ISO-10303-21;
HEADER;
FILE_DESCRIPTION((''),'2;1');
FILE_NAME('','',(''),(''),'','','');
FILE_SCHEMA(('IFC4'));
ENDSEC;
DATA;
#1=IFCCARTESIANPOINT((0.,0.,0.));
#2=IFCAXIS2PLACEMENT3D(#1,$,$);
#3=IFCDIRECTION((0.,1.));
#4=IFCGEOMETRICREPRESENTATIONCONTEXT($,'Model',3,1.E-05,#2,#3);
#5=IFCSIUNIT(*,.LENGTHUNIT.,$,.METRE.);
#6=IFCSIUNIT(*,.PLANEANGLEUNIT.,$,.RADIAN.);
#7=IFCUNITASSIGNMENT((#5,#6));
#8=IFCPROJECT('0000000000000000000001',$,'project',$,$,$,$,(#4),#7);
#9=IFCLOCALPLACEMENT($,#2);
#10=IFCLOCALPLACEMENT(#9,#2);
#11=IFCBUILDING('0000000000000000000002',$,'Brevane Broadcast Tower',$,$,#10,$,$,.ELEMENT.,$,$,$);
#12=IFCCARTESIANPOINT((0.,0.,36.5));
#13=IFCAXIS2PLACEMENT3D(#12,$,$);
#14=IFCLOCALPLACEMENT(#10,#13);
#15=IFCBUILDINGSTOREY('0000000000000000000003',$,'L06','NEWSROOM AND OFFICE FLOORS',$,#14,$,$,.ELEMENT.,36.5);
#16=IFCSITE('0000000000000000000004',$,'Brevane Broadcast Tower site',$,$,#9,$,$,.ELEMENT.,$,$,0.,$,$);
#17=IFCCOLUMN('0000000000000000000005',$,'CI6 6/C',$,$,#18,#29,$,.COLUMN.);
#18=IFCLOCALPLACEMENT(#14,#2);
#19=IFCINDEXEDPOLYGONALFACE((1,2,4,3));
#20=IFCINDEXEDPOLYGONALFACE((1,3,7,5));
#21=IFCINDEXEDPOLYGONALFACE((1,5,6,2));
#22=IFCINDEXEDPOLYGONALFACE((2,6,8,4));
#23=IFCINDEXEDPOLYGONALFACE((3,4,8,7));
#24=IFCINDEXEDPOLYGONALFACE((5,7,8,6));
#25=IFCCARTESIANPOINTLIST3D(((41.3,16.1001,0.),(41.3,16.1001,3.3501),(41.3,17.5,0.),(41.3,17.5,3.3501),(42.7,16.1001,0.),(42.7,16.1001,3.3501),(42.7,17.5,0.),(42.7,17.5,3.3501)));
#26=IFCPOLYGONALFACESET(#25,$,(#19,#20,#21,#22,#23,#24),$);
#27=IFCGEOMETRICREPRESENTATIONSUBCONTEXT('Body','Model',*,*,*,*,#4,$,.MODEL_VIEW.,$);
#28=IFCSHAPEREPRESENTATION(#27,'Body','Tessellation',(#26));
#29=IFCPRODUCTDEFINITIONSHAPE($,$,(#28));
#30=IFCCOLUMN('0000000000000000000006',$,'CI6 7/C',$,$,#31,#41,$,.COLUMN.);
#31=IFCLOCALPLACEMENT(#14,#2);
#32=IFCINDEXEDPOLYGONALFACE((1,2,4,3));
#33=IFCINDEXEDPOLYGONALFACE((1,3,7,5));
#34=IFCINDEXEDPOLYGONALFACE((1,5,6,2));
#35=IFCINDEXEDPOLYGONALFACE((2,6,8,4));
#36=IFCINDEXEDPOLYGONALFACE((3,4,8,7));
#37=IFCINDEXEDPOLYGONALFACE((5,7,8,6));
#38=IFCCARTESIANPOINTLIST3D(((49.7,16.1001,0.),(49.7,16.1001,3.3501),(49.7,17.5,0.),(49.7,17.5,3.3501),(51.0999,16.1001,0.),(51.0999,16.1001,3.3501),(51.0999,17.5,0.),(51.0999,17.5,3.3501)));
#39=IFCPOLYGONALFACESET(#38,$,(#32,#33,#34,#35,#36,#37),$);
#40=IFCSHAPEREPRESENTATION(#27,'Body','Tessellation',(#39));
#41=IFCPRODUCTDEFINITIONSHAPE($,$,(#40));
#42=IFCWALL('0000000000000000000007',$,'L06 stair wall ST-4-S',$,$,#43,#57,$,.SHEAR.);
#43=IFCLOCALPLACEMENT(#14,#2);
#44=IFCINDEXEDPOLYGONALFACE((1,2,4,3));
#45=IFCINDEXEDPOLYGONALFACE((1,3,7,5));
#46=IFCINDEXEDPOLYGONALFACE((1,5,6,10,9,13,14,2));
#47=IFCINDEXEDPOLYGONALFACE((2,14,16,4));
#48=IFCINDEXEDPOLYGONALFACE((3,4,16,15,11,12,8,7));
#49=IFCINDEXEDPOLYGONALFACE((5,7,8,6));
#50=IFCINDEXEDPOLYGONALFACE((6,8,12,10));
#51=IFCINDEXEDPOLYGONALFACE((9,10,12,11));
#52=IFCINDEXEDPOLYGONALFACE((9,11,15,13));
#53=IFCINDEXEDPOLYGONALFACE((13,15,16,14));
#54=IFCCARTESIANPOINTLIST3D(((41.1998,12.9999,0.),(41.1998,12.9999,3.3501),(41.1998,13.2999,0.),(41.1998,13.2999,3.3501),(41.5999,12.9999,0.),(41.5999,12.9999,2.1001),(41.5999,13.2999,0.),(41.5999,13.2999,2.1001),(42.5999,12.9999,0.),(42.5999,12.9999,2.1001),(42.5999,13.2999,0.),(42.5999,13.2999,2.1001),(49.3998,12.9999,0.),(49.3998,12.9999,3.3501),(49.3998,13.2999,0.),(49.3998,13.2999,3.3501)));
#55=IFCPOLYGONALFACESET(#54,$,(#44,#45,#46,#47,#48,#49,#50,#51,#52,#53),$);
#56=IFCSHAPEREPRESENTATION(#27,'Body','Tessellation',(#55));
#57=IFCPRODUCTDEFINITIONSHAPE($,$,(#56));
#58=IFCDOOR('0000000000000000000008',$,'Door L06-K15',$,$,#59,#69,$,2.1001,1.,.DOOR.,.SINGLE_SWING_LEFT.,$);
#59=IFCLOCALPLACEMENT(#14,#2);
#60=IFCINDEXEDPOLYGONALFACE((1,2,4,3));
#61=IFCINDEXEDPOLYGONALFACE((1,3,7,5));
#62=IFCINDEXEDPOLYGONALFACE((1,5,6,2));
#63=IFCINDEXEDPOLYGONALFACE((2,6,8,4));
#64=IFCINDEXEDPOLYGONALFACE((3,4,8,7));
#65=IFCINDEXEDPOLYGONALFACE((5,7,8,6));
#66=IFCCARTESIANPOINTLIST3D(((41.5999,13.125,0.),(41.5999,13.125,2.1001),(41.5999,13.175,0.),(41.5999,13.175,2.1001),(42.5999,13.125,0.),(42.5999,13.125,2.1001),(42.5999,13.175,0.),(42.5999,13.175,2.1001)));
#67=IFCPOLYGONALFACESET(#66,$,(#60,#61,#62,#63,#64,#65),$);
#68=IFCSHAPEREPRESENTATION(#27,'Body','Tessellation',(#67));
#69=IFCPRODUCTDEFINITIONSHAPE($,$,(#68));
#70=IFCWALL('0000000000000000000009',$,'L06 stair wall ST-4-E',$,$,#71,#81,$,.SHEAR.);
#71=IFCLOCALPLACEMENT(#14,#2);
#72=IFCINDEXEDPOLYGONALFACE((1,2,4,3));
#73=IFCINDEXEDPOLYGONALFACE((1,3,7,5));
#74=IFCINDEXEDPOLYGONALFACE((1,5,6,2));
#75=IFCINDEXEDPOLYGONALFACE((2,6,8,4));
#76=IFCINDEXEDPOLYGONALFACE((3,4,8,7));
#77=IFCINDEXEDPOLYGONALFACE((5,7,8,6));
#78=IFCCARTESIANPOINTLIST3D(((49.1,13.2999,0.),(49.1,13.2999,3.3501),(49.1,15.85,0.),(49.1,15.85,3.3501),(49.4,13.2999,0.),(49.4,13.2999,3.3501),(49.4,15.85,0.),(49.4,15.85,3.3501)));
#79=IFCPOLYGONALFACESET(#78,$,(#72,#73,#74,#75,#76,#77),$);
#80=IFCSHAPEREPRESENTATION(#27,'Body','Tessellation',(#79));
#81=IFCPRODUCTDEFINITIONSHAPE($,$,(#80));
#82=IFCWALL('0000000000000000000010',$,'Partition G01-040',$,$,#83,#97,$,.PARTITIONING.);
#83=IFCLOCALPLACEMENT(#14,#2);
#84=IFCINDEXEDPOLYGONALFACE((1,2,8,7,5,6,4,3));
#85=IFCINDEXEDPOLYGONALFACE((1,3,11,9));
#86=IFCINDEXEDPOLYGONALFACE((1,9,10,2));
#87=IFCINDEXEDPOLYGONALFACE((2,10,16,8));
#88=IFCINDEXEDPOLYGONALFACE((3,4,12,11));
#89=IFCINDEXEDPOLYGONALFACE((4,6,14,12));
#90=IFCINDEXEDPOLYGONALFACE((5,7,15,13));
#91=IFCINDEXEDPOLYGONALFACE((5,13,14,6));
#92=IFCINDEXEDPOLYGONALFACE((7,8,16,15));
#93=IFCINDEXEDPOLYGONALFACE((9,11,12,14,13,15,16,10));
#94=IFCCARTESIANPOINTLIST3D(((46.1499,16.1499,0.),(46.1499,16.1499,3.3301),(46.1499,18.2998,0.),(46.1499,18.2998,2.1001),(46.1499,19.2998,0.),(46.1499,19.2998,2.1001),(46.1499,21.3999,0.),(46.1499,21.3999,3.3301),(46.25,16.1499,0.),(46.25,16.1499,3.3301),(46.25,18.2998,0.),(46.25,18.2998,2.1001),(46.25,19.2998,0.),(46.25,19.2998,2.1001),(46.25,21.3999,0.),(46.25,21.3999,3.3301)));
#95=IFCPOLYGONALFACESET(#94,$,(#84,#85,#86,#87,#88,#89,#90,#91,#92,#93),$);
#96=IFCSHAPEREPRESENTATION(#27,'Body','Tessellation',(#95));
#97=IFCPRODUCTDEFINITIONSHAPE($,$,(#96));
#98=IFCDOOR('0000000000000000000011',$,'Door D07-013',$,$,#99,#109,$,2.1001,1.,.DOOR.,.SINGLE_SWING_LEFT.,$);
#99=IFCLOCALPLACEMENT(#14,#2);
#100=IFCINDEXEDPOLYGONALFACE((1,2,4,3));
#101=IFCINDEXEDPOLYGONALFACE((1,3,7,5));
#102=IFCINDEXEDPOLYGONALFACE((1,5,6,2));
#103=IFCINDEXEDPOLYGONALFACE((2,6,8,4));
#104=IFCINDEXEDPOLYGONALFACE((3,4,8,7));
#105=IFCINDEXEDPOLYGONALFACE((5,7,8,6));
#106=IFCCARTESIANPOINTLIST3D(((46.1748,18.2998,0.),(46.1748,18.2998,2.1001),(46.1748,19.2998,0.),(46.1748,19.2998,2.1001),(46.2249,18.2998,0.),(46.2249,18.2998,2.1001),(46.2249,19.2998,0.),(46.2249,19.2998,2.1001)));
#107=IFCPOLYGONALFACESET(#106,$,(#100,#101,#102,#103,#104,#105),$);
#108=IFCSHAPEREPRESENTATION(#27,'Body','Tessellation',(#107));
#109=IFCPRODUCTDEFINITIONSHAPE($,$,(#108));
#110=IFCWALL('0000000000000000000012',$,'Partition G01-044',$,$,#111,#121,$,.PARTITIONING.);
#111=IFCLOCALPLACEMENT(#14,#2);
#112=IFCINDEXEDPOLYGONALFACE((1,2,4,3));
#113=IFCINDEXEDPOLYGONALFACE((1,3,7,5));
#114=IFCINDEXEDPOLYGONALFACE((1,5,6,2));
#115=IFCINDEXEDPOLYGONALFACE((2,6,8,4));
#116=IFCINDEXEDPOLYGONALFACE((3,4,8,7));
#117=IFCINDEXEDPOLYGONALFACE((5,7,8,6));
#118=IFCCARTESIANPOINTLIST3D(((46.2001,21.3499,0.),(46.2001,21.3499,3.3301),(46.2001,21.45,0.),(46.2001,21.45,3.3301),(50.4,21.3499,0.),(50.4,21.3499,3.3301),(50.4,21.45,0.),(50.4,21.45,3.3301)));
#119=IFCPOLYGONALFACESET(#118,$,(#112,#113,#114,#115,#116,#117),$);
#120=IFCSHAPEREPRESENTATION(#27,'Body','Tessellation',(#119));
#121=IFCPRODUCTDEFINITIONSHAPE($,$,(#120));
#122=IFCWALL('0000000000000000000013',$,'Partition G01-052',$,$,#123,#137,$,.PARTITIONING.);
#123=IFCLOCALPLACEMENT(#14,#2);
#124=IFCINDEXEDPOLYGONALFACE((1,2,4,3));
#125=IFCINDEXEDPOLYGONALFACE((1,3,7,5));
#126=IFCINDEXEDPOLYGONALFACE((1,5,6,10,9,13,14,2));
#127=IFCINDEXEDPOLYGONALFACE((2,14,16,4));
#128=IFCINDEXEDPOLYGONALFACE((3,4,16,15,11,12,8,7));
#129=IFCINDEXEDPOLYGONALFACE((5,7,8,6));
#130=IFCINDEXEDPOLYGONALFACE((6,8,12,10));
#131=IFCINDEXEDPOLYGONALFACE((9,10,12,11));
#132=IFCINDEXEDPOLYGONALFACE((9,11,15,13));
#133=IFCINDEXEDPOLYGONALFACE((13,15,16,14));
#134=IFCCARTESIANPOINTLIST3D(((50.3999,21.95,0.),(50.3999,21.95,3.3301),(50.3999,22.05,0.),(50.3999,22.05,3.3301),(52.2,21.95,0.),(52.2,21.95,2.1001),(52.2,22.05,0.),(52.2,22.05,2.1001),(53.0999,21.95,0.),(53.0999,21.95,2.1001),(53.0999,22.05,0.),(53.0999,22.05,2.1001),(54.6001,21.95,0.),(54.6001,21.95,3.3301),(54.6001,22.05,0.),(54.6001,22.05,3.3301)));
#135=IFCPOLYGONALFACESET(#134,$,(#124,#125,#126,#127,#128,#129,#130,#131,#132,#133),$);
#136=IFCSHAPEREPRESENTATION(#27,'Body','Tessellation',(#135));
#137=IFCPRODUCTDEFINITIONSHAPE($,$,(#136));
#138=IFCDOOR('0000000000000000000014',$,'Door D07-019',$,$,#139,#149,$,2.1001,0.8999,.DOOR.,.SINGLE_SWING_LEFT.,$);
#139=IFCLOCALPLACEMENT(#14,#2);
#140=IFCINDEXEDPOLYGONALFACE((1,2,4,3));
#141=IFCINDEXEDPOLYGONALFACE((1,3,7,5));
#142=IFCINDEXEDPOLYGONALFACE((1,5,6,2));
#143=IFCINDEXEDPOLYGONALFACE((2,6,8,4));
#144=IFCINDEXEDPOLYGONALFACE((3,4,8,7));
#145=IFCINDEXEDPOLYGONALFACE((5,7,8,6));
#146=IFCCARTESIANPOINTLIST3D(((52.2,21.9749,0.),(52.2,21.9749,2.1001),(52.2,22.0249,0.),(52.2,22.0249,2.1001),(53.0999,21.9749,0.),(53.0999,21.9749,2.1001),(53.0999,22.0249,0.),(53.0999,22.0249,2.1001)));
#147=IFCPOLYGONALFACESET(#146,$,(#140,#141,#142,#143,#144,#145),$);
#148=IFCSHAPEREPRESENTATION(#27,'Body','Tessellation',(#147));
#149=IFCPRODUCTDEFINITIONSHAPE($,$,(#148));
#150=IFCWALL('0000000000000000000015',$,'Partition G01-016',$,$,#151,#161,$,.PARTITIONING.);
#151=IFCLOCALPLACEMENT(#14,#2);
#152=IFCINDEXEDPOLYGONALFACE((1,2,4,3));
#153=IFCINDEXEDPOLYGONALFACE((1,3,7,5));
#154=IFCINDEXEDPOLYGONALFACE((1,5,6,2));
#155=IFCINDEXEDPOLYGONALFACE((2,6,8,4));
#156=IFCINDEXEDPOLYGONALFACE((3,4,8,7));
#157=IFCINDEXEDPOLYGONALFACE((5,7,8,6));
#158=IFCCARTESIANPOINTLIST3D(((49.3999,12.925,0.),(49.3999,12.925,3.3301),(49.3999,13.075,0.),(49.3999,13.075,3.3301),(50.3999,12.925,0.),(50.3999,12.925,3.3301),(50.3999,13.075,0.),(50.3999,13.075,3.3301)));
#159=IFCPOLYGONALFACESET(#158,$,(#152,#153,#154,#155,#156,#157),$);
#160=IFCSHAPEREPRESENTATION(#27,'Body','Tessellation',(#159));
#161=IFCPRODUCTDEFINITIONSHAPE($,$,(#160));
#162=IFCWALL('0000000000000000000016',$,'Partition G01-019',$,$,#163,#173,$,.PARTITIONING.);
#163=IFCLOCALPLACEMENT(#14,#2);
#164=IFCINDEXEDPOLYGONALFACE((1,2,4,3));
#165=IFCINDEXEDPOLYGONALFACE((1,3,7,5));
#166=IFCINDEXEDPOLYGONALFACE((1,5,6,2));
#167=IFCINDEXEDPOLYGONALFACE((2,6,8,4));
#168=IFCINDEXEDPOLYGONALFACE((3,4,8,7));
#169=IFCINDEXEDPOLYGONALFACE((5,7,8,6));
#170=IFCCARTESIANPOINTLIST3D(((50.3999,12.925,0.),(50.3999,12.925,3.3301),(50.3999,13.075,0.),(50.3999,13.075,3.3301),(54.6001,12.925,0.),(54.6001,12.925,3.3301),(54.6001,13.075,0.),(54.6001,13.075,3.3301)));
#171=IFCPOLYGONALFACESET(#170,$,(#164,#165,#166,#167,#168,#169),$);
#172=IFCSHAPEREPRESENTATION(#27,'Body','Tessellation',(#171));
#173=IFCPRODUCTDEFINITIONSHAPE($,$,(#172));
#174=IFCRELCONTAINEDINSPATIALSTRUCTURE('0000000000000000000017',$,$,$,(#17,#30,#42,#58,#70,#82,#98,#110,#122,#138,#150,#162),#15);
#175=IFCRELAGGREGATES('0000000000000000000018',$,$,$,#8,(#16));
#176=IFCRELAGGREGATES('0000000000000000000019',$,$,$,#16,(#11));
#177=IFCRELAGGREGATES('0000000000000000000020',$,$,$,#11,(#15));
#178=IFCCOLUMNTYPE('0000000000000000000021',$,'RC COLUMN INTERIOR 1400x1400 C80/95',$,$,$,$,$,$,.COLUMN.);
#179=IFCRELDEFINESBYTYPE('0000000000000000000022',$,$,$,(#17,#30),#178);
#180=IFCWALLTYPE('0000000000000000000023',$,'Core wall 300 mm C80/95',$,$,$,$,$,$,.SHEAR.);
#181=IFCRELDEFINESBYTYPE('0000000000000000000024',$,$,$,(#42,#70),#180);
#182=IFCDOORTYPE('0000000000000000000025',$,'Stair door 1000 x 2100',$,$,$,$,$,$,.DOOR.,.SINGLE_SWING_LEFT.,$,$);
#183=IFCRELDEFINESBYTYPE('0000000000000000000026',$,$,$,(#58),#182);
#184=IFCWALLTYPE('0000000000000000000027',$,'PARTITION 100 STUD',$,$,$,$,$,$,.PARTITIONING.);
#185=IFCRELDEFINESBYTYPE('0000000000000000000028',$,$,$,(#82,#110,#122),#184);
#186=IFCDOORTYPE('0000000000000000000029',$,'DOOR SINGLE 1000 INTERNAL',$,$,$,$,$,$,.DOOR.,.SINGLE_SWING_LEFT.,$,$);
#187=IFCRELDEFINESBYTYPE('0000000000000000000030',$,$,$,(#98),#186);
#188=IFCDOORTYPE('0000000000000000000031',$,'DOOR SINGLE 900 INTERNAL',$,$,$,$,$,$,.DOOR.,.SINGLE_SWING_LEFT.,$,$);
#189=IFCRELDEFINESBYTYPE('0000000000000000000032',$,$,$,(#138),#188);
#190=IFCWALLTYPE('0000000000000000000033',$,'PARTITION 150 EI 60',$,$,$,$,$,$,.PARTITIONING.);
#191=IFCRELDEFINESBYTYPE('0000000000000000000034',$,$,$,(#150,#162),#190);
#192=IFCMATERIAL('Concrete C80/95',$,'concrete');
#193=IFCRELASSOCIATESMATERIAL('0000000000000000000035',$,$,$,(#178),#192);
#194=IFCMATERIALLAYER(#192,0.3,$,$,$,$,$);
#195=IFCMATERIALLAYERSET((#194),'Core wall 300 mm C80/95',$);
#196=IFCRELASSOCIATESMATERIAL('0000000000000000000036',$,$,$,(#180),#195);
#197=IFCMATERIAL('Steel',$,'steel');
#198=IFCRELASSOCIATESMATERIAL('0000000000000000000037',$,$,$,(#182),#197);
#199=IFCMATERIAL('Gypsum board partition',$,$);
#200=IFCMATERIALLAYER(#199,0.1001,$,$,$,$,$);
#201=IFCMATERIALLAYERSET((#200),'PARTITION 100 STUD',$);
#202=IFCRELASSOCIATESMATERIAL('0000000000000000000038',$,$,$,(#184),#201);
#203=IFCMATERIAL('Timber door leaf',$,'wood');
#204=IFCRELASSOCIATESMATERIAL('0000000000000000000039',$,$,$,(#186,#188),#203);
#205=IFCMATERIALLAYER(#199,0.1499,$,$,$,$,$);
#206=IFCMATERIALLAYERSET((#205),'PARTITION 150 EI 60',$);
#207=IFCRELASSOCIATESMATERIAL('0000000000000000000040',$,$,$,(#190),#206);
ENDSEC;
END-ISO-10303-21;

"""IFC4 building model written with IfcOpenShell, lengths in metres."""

from ifc_helpers import new_model, si_unit, direction, frame, frame_2d, origin, origin_2d, place, context, subcontext, project, spatial, rectangle, extrude, material, layer, layer_set, material_profile, profile_set, type_object, element, fill, save


model = new_model("IFC4")

# Units and contexts
model_context = context("Model", 3, precision=1e-05, world=origin(), true_north=direction((0.0, 1.0)))
body_context = subcontext(model_context, "Body", "Model", "MODEL_VIEW")
ifc_project = project(units=[si_unit("LENGTHUNIT", "METRE"), si_unit("PLANEANGLEUNIT", "RADIAN")], contexts=[model_context])

# Site, building, storey
site_placement = place(None, origin())
site = spatial("IfcSite", under=ifc_project, at=site_placement, Name="Brevane Broadcast Tower site", CompositionType="ELEMENT", RefElevation=0.0)
building_placement = place(site_placement, origin())
building = spatial("IfcBuilding", under=site, at=building_placement, Name="Brevane Broadcast Tower", CompositionType="ELEMENT")
storey_placement = place(building_placement, frame((0.0, 0.0, 36.5)))
storey = spatial("IfcBuildingStorey", under=building, at=storey_placement, Name="L06", Description="NEWSROOM AND OFFICE FLOORS", CompositionType="ELEMENT", Elevation=36.5)

# Columns
ifc_material_1 = material(Name="Concrete C80/95", Category="concrete")
ifc_material_profile = material_profile(ifc_material_1, rectangle(XDim=1.3999, YDim=1.3999, at=origin_2d()), Name="RC 1400x1400")
ifc_profile_set = profile_set([ifc_material_profile], Name="Concrete C80/95")
column_type = type_object("IfcColumnType", Name="RC COLUMN INTERIOR 1400x1400 C80/95", PredefinedType="COLUMN", material=ifc_profile_set)
for number, where, z_axis, x_axis, name in (
    (1, (42.0, 16.8, 0.0), (0.0, 0.0, 1.0), (1.0, 0.0, 0.0), "CI6 6/C"),
    (2, (50.3999, 16.8, 0.0), (0.0, 0.0, 1.0), (1.0, 0.0, 0.0), "CI6 7/C"),
):
    element("IfcColumn", number, at=place(storey_placement, frame(where, z_axis=z_axis, x_axis=x_axis)), inside=storey, type_object=column_type, Name=name, PredefinedType="COLUMN", context=body_context, shape_type="SweptSolid", body=[
        extrude(rectangle(XDim=1.3999, YDim=1.3999, at=origin_2d()), origin(), (0.0, 0.0, 1.0), 3.3501),
    ])

# Wall, opening, door
ifc_layer_1 = layer(ifc_material_1, 0.3)
ifc_layer_set_1 = layer_set([ifc_layer_1], Name="Core wall 300 mm C80/95")
wall_type_1 = type_object("IfcWallType", Name="Core wall 300 mm C80/95", PredefinedType="SHEAR", material=ifc_layer_set_1)
wall_1_placement = place(storey_placement, frame((49.3999, 13.1499, 0.0), z_axis=(0.0, 0.0, 1.0), x_axis=(-1.0, 0.0, 0.0)))
wall_1 = element("IfcWall", 3, at=wall_1_placement, inside=storey, type_object=wall_type_1, Name="L06 stair wall ST-4-S", PredefinedType="SHEAR", context=body_context, shape_type="SweptSolid", body=[
    extrude(rectangle(XDim=8.2, YDim=0.3, at=frame_2d((4.1001, 0.0))), origin(), (0.0, 0.0, 1.0), 3.3501),
])
opening_1_placement = place(wall_1_placement, frame((6.8, 0.0, 0.0)))
opening_1 = element("IfcOpeningElement", 4, at=opening_1_placement, cuts=wall_1, PredefinedType="OPENING", context=body_context, shape_type="SweptSolid", body=[
    extrude(rectangle(XDim=1.0, YDim=2.1001, at=frame_2d((0.5, 1.05))), frame((0.0, 0.1599, 0.0), z_axis=(0.0, -1.0, 0.0), x_axis=(1.0, 0.0, 0.0)), (0.0, 0.0, 1.0), 0.3201),
])
ifc_material_2 = material(Name="Steel", Category="steel")
door_type_1 = type_object("IfcDoorType", Name="Stair door 1000 x 2100", OperationType="SINGLE_SWING_LEFT", PredefinedType="DOOR", material=ifc_material_2)
door_1_placement = place(opening_1_placement, origin())
door_1 = element("IfcDoor", 5, at=door_1_placement, inside=storey, type_object=door_type_1, Name="Door L06-K15", OperationType="SINGLE_SWING_LEFT", OverallHeight=2.1001, OverallWidth=1.0, PredefinedType="DOOR", context=body_context, shape_type="SweptSolid", body=[
    extrude(rectangle(XDim=1.0, YDim=2.1001, at=frame_2d((0.5, 1.05))), frame((0.0, 0.0249, 0.0), z_axis=(0.0, -1.0, 0.0), x_axis=(1.0, 0.0, 0.0)), (0.0, 0.0, 1.0), 0.05),
])
fill(opening_1, door_1)

# Wall
wall_2_placement = place(storey_placement, frame((49.25, 13.3, 0.0), z_axis=(0.0, 0.0, 1.0), x_axis=(0.0, 1.0, 0.0)))
element("IfcWall", 6, at=wall_2_placement, inside=storey, type_object=wall_type_1, Name="L06 stair wall ST-4-E", PredefinedType="SHEAR", context=body_context, shape_type="SweptSolid", body=[
    extrude(rectangle(XDim=2.55, YDim=0.3, at=frame_2d((1.2749, 0.0))), origin(), (0.0, 0.0, 1.0), 3.3501),
])

# Wall, opening, door
ifc_material_3 = material(Name="Gypsum board partition")
ifc_layer_2 = layer(ifc_material_3, 0.1001)
ifc_layer_set_2 = layer_set([ifc_layer_2], Name="PARTITION 100 STUD")
wall_type_2 = type_object("IfcWallType", Name="PARTITION 100 STUD", PredefinedType="PARTITIONING", material=ifc_layer_set_2)
wall_3_placement = place(storey_placement, frame((46.2, 21.3999, 0.0), z_axis=(0.0, 0.0, 1.0), x_axis=(0.0, -1.0, 0.0)))
wall_3 = element("IfcWall", 7, at=wall_3_placement, inside=storey, type_object=wall_type_2, Name="Partition G01-040", PredefinedType="PARTITIONING", context=body_context, shape_type="SweptSolid", body=[
    extrude(rectangle(XDim=5.25, YDim=0.1001, at=frame_2d((2.625, 0.0))), origin(), (0.0, 0.0, 1.0), 3.3301),
])
opening_2_placement = place(wall_3_placement, frame((2.1001, 0.0, 0.0)))
opening_2 = element("IfcOpeningElement", 8, at=opening_2_placement, cuts=wall_3, PredefinedType="OPENING", context=body_context, shape_type="SweptSolid", body=[
    extrude(rectangle(XDim=1.0, YDim=2.1001, at=frame_2d((0.5, 1.05))), frame((0.0, 0.0601, 0.0), z_axis=(0.0, -1.0, 0.0), x_axis=(1.0, 0.0, 0.0)), (0.0, 0.0, 1.0), 0.1201),
])
ifc_material_4 = material(Name="Timber door leaf", Category="wood")
door_type_2 = type_object("IfcDoorType", Name="DOOR SINGLE 1000 INTERNAL", OperationType="SINGLE_SWING_LEFT", PredefinedType="DOOR", material=ifc_material_4)
door_2_placement = place(opening_2_placement, origin())
door_2 = element("IfcDoor", 9, at=door_2_placement, inside=storey, type_object=door_type_2, Name="Door D07-013", OperationType="SINGLE_SWING_LEFT", OverallHeight=2.1001, OverallWidth=1.0, PredefinedType="DOOR", context=body_context, shape_type="SweptSolid", body=[
    extrude(rectangle(XDim=1.0, YDim=2.1001, at=frame_2d((0.5, 1.05))), frame((0.0, 0.0249, 0.0), z_axis=(0.0, -1.0, 0.0), x_axis=(1.0, 0.0, 0.0)), (0.0, 0.0, 1.0), 0.05),
])
fill(opening_2, door_2)

# Wall
wall_4_placement = place(storey_placement, frame((46.2, 21.3999, 0.0), z_axis=(0.0, 0.0, 1.0), x_axis=(1.0, 0.0, 0.0)))
element("IfcWall", 10, at=wall_4_placement, inside=storey, type_object=wall_type_2, Name="Partition G01-044", PredefinedType="PARTITIONING", context=body_context, shape_type="SweptSolid", body=[
    extrude(rectangle(XDim=4.2, YDim=0.1001, at=frame_2d((2.1001, 0.0))), origin(), (0.0, 0.0, 1.0), 3.3301),
])

# Wall, opening, door
wall_5_placement = place(storey_placement, frame((50.3999, 22.0, 0.0), z_axis=(0.0, 0.0, 1.0), x_axis=(1.0, 0.0, 0.0)))
wall_5 = element("IfcWall", 11, at=wall_5_placement, inside=storey, type_object=wall_type_2, Name="Partition G01-052", PredefinedType="PARTITIONING", context=body_context, shape_type="SweptSolid", body=[
    extrude(rectangle(XDim=4.2002, YDim=0.1001, at=frame_2d((2.1001, 0.0))), origin(), (0.0, 0.0, 1.0), 3.3301),
])
opening_3_placement = place(wall_5_placement, frame((1.8, 0.0, 0.0)))
opening_3 = element("IfcOpeningElement", 12, at=opening_3_placement, cuts=wall_5, PredefinedType="OPENING", context=body_context, shape_type="SweptSolid", body=[
    extrude(rectangle(XDim=0.8999, YDim=2.1001, at=frame_2d((0.45, 1.05))), frame((0.0, 0.0601, 0.0), z_axis=(0.0, -1.0, 0.0), x_axis=(1.0, 0.0, 0.0)), (0.0, 0.0, 1.0), 0.1201),
])
door_type_3 = type_object("IfcDoorType", Name="DOOR SINGLE 900 INTERNAL", OperationType="SINGLE_SWING_LEFT", PredefinedType="DOOR", material=ifc_material_4)
door_3_placement = place(opening_3_placement, origin())
door_3 = element("IfcDoor", 13, at=door_3_placement, inside=storey, type_object=door_type_3, Name="Door D07-019", OperationType="SINGLE_SWING_LEFT", OverallHeight=2.1001, OverallWidth=0.8999, PredefinedType="DOOR", context=body_context, shape_type="SweptSolid", body=[
    extrude(rectangle(XDim=0.8999, YDim=2.1001, at=frame_2d((0.45, 1.05))), frame((0.0, 0.0249, 0.0), z_axis=(0.0, -1.0, 0.0), x_axis=(1.0, 0.0, 0.0)), (0.0, 0.0, 1.0), 0.05),
])
fill(opening_3, door_3)

# Walls
ifc_layer_3 = layer(ifc_material_3, 0.1499)
ifc_layer_set_3 = layer_set([ifc_layer_3], Name="PARTITION 150 EI 60")
wall_type_3 = type_object("IfcWallType", Name="PARTITION 150 EI 60", PredefinedType="PARTITIONING", material=ifc_layer_set_3)
wall_6_placement = place(storey_placement, frame((49.3999, 13.0, 0.0), z_axis=(0.0, 0.0, 1.0), x_axis=(1.0, 0.0, 0.0)))
element("IfcWall", 14, at=wall_6_placement, inside=storey, type_object=wall_type_3, Name="Partition G01-016", PredefinedType="PARTITIONING", context=body_context, shape_type="SweptSolid", body=[
    extrude(rectangle(XDim=1.0, YDim=0.1499, at=frame_2d((0.5, 0.0))), origin(), (0.0, 0.0, 1.0), 3.3301),
])
wall_7_placement = place(storey_placement, frame((50.3999, 13.0, 0.0), z_axis=(0.0, 0.0, 1.0), x_axis=(1.0, 0.0, 0.0)))
element("IfcWall", 15, at=wall_7_placement, inside=storey, type_object=wall_type_3, Name="Partition G01-019", PredefinedType="PARTITIONING", context=body_context, shape_type="SweptSolid", body=[
    extrude(rectangle(XDim=4.2002, YDim=0.1499, at=frame_2d((2.1001, 0.0))), origin(), (0.0, 0.0, 1.0), 3.3301),
])

save(model, "model.ifc")
